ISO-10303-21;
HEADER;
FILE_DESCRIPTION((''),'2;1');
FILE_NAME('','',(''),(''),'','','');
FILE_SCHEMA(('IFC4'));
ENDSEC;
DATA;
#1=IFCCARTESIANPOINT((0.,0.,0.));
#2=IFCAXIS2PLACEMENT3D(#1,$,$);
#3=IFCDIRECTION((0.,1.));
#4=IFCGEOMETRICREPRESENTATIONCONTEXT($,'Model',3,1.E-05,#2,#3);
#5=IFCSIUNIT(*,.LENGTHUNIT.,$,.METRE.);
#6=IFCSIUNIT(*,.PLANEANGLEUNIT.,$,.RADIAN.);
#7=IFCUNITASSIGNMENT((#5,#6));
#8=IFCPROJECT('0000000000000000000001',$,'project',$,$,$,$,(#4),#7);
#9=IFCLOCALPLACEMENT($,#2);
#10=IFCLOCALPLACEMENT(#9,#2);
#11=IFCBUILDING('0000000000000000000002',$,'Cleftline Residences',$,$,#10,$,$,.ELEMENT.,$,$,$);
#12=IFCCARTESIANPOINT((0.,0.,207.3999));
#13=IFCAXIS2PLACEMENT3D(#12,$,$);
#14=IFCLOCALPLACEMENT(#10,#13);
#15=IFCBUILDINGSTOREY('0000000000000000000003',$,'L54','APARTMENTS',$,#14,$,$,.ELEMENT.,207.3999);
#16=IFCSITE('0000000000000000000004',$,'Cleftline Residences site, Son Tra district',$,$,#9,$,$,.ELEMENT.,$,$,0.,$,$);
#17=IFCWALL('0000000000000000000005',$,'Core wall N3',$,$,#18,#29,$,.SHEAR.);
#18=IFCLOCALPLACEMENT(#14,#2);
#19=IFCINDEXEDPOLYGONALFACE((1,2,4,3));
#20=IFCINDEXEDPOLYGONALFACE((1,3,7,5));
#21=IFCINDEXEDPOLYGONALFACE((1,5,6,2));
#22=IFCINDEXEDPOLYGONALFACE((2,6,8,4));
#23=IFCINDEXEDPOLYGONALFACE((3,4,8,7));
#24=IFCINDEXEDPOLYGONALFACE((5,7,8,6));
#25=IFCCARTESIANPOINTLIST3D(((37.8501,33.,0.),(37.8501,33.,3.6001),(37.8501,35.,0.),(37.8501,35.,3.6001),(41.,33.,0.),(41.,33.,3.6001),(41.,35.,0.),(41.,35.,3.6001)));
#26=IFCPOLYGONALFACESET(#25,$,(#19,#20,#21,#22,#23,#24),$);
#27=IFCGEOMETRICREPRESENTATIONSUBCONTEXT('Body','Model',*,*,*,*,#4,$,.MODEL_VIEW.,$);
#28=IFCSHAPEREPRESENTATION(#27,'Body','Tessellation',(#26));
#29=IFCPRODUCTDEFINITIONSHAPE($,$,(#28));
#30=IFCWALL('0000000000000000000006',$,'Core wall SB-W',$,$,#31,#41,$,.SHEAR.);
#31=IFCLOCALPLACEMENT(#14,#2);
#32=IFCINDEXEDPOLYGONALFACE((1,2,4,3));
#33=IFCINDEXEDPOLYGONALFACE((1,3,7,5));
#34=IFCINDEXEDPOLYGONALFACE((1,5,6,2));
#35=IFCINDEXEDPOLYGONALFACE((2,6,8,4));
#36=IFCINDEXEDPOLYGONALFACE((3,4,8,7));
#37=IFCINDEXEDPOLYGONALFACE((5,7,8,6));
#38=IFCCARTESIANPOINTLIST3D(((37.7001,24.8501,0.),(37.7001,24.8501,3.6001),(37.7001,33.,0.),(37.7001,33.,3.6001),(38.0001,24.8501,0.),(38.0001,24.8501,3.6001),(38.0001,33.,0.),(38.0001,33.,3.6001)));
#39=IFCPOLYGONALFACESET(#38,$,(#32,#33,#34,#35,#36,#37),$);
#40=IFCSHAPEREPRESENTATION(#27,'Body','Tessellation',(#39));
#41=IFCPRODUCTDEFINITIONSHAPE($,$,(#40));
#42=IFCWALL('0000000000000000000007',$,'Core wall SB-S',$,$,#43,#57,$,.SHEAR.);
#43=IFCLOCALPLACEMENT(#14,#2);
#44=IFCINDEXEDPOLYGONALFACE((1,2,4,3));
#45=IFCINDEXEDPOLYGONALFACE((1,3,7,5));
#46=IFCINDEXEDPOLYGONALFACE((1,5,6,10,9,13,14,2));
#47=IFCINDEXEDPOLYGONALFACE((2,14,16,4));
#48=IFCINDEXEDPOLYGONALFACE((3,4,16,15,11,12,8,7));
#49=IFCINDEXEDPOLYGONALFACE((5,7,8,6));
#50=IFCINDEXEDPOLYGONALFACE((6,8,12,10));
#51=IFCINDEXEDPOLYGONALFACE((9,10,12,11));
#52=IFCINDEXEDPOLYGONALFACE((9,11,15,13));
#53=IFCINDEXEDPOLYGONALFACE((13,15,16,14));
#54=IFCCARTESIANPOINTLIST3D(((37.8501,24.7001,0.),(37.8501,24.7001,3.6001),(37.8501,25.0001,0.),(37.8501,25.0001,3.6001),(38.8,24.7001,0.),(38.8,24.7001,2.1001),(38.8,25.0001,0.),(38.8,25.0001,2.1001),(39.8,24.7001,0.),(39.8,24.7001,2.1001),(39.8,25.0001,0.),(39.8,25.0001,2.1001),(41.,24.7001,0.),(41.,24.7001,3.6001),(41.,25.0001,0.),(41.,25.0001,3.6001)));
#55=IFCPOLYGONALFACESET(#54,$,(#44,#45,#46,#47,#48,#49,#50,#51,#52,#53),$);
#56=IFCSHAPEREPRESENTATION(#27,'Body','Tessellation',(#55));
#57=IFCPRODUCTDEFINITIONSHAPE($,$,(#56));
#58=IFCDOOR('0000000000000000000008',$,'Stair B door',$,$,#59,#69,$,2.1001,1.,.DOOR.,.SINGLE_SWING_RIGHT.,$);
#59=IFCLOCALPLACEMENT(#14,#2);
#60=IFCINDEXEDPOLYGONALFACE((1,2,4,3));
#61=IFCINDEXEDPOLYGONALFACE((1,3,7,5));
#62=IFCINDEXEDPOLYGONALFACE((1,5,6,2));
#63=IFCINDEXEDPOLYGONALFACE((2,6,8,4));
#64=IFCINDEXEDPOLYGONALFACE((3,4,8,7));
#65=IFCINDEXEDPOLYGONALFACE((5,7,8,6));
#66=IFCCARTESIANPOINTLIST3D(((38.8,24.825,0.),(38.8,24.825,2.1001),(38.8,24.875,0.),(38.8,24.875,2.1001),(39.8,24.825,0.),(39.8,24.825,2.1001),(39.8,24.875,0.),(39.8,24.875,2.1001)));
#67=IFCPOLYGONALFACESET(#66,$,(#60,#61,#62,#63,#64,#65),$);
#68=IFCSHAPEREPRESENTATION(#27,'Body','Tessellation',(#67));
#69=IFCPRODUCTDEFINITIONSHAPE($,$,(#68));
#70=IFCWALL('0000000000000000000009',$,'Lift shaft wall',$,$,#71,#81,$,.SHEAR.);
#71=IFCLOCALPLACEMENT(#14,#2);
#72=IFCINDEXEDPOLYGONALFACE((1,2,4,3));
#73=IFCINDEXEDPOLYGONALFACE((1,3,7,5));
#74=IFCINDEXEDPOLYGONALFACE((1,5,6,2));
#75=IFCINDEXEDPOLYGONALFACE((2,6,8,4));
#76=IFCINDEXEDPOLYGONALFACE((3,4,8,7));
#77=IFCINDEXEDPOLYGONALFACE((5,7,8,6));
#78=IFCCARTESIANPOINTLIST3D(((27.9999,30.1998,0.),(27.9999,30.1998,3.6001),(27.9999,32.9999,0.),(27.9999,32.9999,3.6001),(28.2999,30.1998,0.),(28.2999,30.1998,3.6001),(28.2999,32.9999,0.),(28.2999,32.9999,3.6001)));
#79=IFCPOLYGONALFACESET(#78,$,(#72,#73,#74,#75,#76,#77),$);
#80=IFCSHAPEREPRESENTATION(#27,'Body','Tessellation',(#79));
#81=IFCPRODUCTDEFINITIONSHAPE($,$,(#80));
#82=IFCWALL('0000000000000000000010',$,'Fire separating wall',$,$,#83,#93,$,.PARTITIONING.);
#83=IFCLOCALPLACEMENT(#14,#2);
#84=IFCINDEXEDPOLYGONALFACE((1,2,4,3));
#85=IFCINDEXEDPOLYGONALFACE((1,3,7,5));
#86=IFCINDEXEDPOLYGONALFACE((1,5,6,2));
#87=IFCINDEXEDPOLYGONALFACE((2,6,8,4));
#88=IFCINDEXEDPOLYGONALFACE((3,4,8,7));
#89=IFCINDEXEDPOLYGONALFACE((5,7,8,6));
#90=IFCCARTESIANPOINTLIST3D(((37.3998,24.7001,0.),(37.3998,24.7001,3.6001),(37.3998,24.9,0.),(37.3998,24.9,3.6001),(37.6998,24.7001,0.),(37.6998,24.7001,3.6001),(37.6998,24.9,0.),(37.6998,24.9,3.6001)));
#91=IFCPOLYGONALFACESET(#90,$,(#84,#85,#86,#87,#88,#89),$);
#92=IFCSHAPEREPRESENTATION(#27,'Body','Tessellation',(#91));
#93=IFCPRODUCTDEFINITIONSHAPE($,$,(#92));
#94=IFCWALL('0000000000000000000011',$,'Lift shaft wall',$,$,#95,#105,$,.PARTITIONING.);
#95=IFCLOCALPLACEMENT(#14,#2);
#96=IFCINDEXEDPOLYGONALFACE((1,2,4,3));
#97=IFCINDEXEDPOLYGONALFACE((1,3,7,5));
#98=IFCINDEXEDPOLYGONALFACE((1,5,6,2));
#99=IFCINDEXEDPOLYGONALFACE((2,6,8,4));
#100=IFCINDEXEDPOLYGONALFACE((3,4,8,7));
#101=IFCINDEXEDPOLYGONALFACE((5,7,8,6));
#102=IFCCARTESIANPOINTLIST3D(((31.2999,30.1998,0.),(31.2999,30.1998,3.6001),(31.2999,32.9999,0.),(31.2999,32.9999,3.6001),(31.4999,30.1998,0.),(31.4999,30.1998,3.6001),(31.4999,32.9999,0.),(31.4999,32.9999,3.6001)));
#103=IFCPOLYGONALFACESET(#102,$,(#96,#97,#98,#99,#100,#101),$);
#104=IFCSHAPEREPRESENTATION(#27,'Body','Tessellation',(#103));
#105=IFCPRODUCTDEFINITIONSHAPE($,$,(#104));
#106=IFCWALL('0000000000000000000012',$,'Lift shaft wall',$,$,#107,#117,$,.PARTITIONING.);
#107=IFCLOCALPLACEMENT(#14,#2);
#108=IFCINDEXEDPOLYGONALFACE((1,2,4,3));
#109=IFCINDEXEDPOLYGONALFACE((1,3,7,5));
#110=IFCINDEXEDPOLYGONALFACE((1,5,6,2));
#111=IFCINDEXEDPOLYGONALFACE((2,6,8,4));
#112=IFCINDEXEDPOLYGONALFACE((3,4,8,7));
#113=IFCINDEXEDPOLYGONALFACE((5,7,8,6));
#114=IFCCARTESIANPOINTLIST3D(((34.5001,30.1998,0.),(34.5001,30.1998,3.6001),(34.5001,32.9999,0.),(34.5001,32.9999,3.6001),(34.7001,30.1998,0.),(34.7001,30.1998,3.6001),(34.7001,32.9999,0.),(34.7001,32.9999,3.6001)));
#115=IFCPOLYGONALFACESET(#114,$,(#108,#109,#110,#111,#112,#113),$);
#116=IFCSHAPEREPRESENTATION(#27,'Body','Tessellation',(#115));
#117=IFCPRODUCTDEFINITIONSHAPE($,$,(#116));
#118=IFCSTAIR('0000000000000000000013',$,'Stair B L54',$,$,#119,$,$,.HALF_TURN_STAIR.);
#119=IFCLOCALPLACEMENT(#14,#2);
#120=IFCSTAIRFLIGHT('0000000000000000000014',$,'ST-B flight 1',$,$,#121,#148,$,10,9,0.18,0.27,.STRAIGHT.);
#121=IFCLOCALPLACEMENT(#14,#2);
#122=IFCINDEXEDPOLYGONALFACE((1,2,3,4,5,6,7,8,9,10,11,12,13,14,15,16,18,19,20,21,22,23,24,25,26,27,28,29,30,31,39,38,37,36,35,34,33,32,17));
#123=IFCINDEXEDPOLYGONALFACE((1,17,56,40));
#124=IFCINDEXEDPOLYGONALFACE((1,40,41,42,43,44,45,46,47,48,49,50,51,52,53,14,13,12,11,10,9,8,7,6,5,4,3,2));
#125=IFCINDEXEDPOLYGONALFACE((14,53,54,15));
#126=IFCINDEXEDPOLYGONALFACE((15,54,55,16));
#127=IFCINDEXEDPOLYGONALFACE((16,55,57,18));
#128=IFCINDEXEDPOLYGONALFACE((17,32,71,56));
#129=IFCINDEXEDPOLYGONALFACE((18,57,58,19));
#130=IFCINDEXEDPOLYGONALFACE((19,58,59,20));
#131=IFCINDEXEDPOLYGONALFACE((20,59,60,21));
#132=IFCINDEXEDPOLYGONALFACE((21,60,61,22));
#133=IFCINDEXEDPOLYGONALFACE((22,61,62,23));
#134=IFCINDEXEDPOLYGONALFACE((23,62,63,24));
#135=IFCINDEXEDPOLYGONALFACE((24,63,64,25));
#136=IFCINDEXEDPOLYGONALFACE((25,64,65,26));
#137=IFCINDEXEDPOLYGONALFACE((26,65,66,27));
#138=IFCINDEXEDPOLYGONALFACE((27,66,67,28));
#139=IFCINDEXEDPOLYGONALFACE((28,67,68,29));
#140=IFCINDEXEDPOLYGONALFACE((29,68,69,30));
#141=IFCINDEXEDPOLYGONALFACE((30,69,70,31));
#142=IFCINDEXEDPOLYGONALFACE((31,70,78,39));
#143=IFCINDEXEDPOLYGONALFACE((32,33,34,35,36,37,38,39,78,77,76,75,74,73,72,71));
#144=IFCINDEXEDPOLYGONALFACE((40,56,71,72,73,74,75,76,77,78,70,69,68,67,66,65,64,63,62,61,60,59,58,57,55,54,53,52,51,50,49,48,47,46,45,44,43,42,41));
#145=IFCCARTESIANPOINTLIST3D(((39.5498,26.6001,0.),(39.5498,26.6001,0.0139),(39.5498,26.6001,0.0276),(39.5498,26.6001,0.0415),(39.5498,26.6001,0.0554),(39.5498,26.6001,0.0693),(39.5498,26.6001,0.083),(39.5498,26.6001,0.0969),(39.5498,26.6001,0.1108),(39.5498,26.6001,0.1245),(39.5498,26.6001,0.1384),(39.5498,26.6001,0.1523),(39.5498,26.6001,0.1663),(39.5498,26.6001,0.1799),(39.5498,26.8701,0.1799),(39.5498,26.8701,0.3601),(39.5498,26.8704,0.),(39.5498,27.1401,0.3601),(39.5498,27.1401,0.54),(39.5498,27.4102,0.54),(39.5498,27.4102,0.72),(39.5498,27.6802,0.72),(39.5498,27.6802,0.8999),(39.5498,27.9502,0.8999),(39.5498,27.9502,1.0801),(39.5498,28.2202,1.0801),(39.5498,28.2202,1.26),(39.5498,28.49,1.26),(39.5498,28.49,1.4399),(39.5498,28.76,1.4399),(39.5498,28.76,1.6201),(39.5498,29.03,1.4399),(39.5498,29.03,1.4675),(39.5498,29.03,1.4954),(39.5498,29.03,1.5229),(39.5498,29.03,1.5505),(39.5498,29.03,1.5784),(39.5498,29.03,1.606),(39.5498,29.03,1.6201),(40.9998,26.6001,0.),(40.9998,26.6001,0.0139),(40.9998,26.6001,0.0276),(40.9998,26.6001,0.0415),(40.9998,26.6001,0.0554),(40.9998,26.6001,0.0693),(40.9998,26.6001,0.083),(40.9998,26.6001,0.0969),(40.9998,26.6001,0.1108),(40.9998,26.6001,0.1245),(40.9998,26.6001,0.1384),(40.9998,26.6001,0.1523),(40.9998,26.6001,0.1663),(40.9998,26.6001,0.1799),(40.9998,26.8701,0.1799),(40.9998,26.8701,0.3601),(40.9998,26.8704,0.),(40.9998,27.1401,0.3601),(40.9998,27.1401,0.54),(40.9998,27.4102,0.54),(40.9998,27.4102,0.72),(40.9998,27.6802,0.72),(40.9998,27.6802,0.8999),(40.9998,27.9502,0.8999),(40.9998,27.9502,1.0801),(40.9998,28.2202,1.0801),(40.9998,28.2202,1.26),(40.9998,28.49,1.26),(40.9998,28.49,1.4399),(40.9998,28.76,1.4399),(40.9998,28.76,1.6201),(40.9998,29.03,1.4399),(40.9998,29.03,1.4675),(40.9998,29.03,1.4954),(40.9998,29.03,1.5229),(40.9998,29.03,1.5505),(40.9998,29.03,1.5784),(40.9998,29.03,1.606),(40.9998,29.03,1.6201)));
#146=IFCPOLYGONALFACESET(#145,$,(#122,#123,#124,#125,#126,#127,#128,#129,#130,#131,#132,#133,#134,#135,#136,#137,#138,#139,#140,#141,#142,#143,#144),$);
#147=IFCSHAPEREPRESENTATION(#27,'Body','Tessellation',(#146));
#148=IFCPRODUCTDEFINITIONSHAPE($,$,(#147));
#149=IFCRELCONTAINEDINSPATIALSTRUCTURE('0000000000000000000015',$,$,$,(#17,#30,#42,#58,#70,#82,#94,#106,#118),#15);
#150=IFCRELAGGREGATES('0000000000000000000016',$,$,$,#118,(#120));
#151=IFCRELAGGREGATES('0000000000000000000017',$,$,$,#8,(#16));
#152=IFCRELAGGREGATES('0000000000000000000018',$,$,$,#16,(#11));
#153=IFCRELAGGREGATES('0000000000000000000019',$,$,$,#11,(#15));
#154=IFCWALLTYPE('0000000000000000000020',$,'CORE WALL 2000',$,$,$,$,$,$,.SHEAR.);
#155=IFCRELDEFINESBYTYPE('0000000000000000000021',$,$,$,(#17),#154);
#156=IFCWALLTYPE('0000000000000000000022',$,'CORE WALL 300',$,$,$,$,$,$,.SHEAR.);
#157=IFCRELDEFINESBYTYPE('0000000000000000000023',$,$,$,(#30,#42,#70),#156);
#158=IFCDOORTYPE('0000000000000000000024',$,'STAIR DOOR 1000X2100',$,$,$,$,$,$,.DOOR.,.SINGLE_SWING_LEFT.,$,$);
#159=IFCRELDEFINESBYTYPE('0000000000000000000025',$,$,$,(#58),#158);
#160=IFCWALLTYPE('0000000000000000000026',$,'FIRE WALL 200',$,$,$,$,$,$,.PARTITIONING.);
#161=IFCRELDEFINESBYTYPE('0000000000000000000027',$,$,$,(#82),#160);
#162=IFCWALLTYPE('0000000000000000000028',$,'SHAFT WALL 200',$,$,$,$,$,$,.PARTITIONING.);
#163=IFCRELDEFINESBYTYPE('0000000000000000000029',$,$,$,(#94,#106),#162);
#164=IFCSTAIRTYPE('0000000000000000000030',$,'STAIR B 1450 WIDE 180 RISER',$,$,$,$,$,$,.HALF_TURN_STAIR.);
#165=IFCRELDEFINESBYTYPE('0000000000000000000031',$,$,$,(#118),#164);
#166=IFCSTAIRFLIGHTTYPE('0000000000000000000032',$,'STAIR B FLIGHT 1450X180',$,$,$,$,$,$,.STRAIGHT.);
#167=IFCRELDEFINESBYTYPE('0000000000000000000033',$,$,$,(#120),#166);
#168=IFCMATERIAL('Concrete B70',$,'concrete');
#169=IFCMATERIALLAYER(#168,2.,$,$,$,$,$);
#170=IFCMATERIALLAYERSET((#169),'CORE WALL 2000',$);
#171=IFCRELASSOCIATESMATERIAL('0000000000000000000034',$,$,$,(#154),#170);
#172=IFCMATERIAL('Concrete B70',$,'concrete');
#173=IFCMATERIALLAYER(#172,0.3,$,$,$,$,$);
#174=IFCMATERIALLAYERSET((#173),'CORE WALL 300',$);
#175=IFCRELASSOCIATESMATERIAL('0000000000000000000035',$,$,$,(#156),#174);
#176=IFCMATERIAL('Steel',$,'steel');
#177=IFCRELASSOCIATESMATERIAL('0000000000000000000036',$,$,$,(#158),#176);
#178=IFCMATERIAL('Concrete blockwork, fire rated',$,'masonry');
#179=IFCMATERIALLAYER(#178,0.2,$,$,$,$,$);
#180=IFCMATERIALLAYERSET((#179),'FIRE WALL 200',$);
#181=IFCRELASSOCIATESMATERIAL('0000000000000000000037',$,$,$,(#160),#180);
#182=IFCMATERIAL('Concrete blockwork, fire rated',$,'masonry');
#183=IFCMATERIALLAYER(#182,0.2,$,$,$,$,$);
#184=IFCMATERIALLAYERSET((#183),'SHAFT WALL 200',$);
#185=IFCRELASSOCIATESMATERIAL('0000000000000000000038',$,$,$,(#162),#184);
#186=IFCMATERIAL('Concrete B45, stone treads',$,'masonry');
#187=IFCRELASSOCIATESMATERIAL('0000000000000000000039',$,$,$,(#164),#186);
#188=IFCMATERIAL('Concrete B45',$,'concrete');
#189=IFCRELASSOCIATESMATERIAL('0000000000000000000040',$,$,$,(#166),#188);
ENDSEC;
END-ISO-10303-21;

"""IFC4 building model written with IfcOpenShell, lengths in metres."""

from ifc_helpers import new_model, si_unit, direction, frame, frame_2d, origin, place, context, subcontext, project, spatial, polyline, rectangle, outline, extrude, material, layer, layer_set, type_object, element, fill, aggregate, save


model = new_model("IFC4")

# Units and contexts
model_context = context("Model", 3, precision=1e-05, world=origin(), true_north=direction((0.0, 1.0)))
body_context = subcontext(model_context, "Body", "Model", "MODEL_VIEW")
ifc_project = project(units=[si_unit("LENGTHUNIT", "METRE"), si_unit("PLANEANGLEUNIT", "RADIAN")], contexts=[model_context])

# Site, building, storey
site_placement = place(None, origin())
site = spatial("IfcSite", under=ifc_project, at=site_placement, Name="Cleftline Residences site, Son Tra district", CompositionType="ELEMENT", RefElevation=0.0)
building_placement = place(site_placement, origin())
building = spatial("IfcBuilding", under=site, at=building_placement, Name="Cleftline Residences", CompositionType="ELEMENT")
storey_placement = place(building_placement, frame((0.0, 0.0, 207.3999)))
storey = spatial("IfcBuildingStorey", under=building, at=storey_placement, Name="L54", Description="APARTMENTS", CompositionType="ELEMENT", Elevation=207.3999)

# Walls
ifc_material_1 = material(Name="Concrete B70", Category="concrete")
ifc_layer_1 = layer(ifc_material_1, 2.0)
ifc_layer_set_1 = layer_set([ifc_layer_1], Name="CORE WALL 2000")
wall_type_1 = type_object("IfcWallType", Name="CORE WALL 2000", PredefinedType="SHEAR", material=ifc_layer_set_1)
wall_1_placement = place(storey_placement, frame((37.8501, 34.0, 0.0), z_axis=(0.0, 0.0, 1.0), x_axis=(1.0, 0.0, 0.0)))
element("IfcWall", 1, at=wall_1_placement, inside=storey, type_object=wall_type_1, Name="Core wall N3", PredefinedType="SHEAR", context=body_context, shape_type="SweptSolid", body=[
    extrude(rectangle(XDim=3.1499, YDim=2.0, at=frame_2d((1.575, 0.0))), origin(), (0.0, 0.0, 1.0), 3.6001),
])
ifc_material_2 = material(Name="Concrete B70", Category="concrete")
ifc_layer_2 = layer(ifc_material_2, 0.3)
ifc_layer_set_2 = layer_set([ifc_layer_2], Name="CORE WALL 300")
wall_type_2 = type_object("IfcWallType", Name="CORE WALL 300", PredefinedType="SHEAR", material=ifc_layer_set_2)
wall_2_placement = place(storey_placement, frame((37.8501, 24.8501, 0.0), z_axis=(0.0, 0.0, 1.0), x_axis=(0.0, 1.0, 0.0)))
element("IfcWall", 2, at=wall_2_placement, inside=storey, type_object=wall_type_2, Name="Core wall SB-W", PredefinedType="SHEAR", context=body_context, shape_type="SweptSolid", body=[
    extrude(rectangle(XDim=8.1499, YDim=0.3, at=frame_2d((4.075, 0.0))), origin(), (0.0, 0.0, 1.0), 3.6001),
])

# Wall, opening, door
wall_3_placement = place(storey_placement, frame((37.8501, 24.8501, 0.0), z_axis=(0.0, 0.0, 1.0), x_axis=(1.0, 0.0, 0.0)))
wall_3 = element("IfcWall", 3, at=wall_3_placement, inside=storey, type_object=wall_type_2, Name="Core wall SB-S", PredefinedType="SHEAR", context=body_context, shape_type="SweptSolid", body=[
    extrude(rectangle(XDim=3.1499, YDim=0.3, at=frame_2d((1.575, 0.0))), origin(), (0.0, 0.0, 1.0), 3.6001),
])
opening_placement = place(wall_3_placement, frame((0.95, 0.0, 0.0)))
opening = element("IfcOpeningElement", 4, at=opening_placement, cuts=wall_3, PredefinedType="OPENING", context=body_context, shape_type="SweptSolid", body=[
    extrude(rectangle(XDim=1.0, YDim=2.1001, at=frame_2d((0.5, 1.05))), frame((0.0, 0.1599, 0.0), z_axis=(0.0, -1.0, 0.0), x_axis=(1.0, 0.0, 0.0)), (0.0, 0.0, 1.0), 0.3201),
])
ifc_material_3 = material(Name="Steel", Category="steel")
door_type = type_object("IfcDoorType", Name="STAIR DOOR 1000X2100", OperationType="SINGLE_SWING_LEFT", PredefinedType="DOOR", material=ifc_material_3)
door_placement = place(opening_placement, origin())
door = element("IfcDoor", 5, at=door_placement, inside=storey, type_object=door_type, Name="Stair B door", OperationType="SINGLE_SWING_RIGHT", OverallHeight=2.1001, OverallWidth=1.0, PredefinedType="DOOR", context=body_context, shape_type="SweptSolid", body=[
    extrude(rectangle(XDim=1.0, YDim=2.1001, at=frame_2d((0.5, 1.05))), frame((0.0, 0.0249, 0.0), z_axis=(0.0, -1.0, 0.0), x_axis=(1.0, 0.0, 0.0)), (0.0, 0.0, 1.0), 0.05),
])
fill(opening, door)

# Walls
wall_4_placement = place(storey_placement, frame((28.1499, 30.2, 0.0), z_axis=(0.0, 0.0, 1.0), x_axis=(0.0, 1.0, 0.0)))
element("IfcWall", 6, at=wall_4_placement, inside=storey, type_object=wall_type_2, Name="Lift shaft wall", PredefinedType="SHEAR", context=body_context, shape_type="SweptSolid", body=[
    extrude(rectangle(XDim=2.8, YDim=0.3, at=frame_2d((1.3999, 0.0))), origin(), (0.0, 0.0, 1.0), 3.6001),
])
ifc_material_4 = material(Name="Concrete blockwork, fire rated", Category="masonry")
ifc_layer_3 = layer(ifc_material_4, 0.2)
ifc_layer_set_3 = layer_set([ifc_layer_3], Name="FIRE WALL 200")
wall_type_3 = type_object("IfcWallType", Name="FIRE WALL 200", PredefinedType="PARTITIONING", material=ifc_layer_set_3)
wall_5_placement = place(storey_placement, frame((37.3999, 24.8, 0.0), z_axis=(0.0, 0.0, 1.0), x_axis=(1.0, 0.0, 0.0)))
element("IfcWall", 7, at=wall_5_placement, inside=storey, type_object=wall_type_3, Name="Fire separating wall", PredefinedType="PARTITIONING", context=body_context, shape_type="SweptSolid", body=[
    extrude(rectangle(XDim=0.3, YDim=0.2, at=frame_2d((0.1499, 0.0))), origin(), (0.0, 0.0, 1.0), 3.6001),
])
ifc_material_5 = material(Name="Concrete blockwork, fire rated", Category="masonry")
ifc_layer_4 = layer(ifc_material_5, 0.2)
ifc_layer_set_4 = layer_set([ifc_layer_4], Name="SHAFT WALL 200")
wall_type_4 = type_object("IfcWallType", Name="SHAFT WALL 200", PredefinedType="PARTITIONING", material=ifc_layer_set_4)
for number, where, z_axis, x_axis, name in (
    (8, (31.3999, 30.2, 0.0), (0.0, 0.0, 1.0), (0.0, 1.0, 0.0), "Lift shaft wall"),
    (9, (34.6001, 30.2, 0.0), (0.0, 0.0, 1.0), (0.0, 1.0, 0.0), "Lift shaft wall"),
):
    element("IfcWall", number, at=place(storey_placement, frame(where, z_axis=z_axis, x_axis=x_axis)), inside=storey, type_object=wall_type_4, Name=name, PredefinedType="PARTITIONING", context=body_context, shape_type="SweptSolid", body=[
        extrude(rectangle(XDim=2.8, YDim=0.2, at=frame_2d((1.3999, 0.0))), origin(), (0.0, 0.0, 1.0), 3.6001),
    ])

# Stair, stair flight
ifc_material_6 = material(Name="Concrete B45, stone treads", Category="masonry")
stair_type = type_object("IfcStairType", Name="STAIR B 1450 WIDE 180 RISER", PredefinedType="HALF_TURN_STAIR", material=ifc_material_6)
stair_placement = place(storey_placement, origin())
stair = element("IfcStair", 10, at=stair_placement, inside=storey, type_object=stair_type, Name="Stair B L54", PredefinedType="HALF_TURN_STAIR")
ifc_material_7 = material(Name="Concrete B45", Category="concrete")
stair_flight_type = type_object("IfcStairFlightType", Name="STAIR B FLIGHT 1450X180", PredefinedType="STRAIGHT", material=ifc_material_7)
stair_flight_1_placement = place(storey_placement, frame((40.2749, 26.6001, 0.0), z_axis=(0.0, 0.0, 1.0), x_axis=(0.0, 1.0, 0.0)))
stair_flight_1 = element("IfcStairFlight", 11, at=stair_flight_1_placement, type_object=stair_flight_type, Name="ST-B flight 1", NumberOfRisers=10, NumberOfTreads=9, PredefinedType="STRAIGHT", RiserHeight=0.18, TreadLength=0.27, context=body_context, shape_type="SweptSolid", body=[
    extrude(outline(polyline([(0.0, 0.0), (0.0, 0.0139), (0.0, 0.0276), (0.0, 0.0415), (0.0, 0.0554), (0.0, 0.0693), (0.0, 0.083), (0.0, 0.0969), (0.0, 0.1108), (0.0, 0.1245), (0.0, 0.1384), (0.0, 0.1523), (0.0, 0.1663), (0.0, 0.1799), (0.27, 0.1799), (0.27, 0.3601), (0.54, 0.3601), (0.54, 0.54), (0.8101, 0.54), (0.8101, 0.72), (1.0801, 0.72), (1.0801, 0.8999), (1.3501, 0.8999), (1.3501, 1.0801), (1.6201, 1.0801), (1.6201, 1.26), (1.8899, 1.26), (1.8899, 1.4399), (2.1599, 1.4399), (2.1599, 1.6201), (2.4299, 1.6201), (2.4299, 1.8), (2.4299, 1.7722), (2.4299, 1.7446), (2.4299, 1.7168), (2.4299, 1.6892), (2.4299, 1.6614), (2.4299, 1.6338), (2.4299, 1.606), (2.4299, 1.5784), (2.4299, 1.5505), (2.4299, 1.5229), (2.4299, 1.4954), (2.4299, 1.4675), (2.4299, 1.4399), (0.2703, 0.0), (0.0, 0.0)])), frame((0.0, 0.7251, 0.0), z_axis=(0.0, -1.0, 0.0), x_axis=(1.0, 0.0, 0.0)), (0.0, 0.0, 1.0), 1.45),
])
aggregate(stair, [stair_flight_1])

save(model, "model.ifc")
